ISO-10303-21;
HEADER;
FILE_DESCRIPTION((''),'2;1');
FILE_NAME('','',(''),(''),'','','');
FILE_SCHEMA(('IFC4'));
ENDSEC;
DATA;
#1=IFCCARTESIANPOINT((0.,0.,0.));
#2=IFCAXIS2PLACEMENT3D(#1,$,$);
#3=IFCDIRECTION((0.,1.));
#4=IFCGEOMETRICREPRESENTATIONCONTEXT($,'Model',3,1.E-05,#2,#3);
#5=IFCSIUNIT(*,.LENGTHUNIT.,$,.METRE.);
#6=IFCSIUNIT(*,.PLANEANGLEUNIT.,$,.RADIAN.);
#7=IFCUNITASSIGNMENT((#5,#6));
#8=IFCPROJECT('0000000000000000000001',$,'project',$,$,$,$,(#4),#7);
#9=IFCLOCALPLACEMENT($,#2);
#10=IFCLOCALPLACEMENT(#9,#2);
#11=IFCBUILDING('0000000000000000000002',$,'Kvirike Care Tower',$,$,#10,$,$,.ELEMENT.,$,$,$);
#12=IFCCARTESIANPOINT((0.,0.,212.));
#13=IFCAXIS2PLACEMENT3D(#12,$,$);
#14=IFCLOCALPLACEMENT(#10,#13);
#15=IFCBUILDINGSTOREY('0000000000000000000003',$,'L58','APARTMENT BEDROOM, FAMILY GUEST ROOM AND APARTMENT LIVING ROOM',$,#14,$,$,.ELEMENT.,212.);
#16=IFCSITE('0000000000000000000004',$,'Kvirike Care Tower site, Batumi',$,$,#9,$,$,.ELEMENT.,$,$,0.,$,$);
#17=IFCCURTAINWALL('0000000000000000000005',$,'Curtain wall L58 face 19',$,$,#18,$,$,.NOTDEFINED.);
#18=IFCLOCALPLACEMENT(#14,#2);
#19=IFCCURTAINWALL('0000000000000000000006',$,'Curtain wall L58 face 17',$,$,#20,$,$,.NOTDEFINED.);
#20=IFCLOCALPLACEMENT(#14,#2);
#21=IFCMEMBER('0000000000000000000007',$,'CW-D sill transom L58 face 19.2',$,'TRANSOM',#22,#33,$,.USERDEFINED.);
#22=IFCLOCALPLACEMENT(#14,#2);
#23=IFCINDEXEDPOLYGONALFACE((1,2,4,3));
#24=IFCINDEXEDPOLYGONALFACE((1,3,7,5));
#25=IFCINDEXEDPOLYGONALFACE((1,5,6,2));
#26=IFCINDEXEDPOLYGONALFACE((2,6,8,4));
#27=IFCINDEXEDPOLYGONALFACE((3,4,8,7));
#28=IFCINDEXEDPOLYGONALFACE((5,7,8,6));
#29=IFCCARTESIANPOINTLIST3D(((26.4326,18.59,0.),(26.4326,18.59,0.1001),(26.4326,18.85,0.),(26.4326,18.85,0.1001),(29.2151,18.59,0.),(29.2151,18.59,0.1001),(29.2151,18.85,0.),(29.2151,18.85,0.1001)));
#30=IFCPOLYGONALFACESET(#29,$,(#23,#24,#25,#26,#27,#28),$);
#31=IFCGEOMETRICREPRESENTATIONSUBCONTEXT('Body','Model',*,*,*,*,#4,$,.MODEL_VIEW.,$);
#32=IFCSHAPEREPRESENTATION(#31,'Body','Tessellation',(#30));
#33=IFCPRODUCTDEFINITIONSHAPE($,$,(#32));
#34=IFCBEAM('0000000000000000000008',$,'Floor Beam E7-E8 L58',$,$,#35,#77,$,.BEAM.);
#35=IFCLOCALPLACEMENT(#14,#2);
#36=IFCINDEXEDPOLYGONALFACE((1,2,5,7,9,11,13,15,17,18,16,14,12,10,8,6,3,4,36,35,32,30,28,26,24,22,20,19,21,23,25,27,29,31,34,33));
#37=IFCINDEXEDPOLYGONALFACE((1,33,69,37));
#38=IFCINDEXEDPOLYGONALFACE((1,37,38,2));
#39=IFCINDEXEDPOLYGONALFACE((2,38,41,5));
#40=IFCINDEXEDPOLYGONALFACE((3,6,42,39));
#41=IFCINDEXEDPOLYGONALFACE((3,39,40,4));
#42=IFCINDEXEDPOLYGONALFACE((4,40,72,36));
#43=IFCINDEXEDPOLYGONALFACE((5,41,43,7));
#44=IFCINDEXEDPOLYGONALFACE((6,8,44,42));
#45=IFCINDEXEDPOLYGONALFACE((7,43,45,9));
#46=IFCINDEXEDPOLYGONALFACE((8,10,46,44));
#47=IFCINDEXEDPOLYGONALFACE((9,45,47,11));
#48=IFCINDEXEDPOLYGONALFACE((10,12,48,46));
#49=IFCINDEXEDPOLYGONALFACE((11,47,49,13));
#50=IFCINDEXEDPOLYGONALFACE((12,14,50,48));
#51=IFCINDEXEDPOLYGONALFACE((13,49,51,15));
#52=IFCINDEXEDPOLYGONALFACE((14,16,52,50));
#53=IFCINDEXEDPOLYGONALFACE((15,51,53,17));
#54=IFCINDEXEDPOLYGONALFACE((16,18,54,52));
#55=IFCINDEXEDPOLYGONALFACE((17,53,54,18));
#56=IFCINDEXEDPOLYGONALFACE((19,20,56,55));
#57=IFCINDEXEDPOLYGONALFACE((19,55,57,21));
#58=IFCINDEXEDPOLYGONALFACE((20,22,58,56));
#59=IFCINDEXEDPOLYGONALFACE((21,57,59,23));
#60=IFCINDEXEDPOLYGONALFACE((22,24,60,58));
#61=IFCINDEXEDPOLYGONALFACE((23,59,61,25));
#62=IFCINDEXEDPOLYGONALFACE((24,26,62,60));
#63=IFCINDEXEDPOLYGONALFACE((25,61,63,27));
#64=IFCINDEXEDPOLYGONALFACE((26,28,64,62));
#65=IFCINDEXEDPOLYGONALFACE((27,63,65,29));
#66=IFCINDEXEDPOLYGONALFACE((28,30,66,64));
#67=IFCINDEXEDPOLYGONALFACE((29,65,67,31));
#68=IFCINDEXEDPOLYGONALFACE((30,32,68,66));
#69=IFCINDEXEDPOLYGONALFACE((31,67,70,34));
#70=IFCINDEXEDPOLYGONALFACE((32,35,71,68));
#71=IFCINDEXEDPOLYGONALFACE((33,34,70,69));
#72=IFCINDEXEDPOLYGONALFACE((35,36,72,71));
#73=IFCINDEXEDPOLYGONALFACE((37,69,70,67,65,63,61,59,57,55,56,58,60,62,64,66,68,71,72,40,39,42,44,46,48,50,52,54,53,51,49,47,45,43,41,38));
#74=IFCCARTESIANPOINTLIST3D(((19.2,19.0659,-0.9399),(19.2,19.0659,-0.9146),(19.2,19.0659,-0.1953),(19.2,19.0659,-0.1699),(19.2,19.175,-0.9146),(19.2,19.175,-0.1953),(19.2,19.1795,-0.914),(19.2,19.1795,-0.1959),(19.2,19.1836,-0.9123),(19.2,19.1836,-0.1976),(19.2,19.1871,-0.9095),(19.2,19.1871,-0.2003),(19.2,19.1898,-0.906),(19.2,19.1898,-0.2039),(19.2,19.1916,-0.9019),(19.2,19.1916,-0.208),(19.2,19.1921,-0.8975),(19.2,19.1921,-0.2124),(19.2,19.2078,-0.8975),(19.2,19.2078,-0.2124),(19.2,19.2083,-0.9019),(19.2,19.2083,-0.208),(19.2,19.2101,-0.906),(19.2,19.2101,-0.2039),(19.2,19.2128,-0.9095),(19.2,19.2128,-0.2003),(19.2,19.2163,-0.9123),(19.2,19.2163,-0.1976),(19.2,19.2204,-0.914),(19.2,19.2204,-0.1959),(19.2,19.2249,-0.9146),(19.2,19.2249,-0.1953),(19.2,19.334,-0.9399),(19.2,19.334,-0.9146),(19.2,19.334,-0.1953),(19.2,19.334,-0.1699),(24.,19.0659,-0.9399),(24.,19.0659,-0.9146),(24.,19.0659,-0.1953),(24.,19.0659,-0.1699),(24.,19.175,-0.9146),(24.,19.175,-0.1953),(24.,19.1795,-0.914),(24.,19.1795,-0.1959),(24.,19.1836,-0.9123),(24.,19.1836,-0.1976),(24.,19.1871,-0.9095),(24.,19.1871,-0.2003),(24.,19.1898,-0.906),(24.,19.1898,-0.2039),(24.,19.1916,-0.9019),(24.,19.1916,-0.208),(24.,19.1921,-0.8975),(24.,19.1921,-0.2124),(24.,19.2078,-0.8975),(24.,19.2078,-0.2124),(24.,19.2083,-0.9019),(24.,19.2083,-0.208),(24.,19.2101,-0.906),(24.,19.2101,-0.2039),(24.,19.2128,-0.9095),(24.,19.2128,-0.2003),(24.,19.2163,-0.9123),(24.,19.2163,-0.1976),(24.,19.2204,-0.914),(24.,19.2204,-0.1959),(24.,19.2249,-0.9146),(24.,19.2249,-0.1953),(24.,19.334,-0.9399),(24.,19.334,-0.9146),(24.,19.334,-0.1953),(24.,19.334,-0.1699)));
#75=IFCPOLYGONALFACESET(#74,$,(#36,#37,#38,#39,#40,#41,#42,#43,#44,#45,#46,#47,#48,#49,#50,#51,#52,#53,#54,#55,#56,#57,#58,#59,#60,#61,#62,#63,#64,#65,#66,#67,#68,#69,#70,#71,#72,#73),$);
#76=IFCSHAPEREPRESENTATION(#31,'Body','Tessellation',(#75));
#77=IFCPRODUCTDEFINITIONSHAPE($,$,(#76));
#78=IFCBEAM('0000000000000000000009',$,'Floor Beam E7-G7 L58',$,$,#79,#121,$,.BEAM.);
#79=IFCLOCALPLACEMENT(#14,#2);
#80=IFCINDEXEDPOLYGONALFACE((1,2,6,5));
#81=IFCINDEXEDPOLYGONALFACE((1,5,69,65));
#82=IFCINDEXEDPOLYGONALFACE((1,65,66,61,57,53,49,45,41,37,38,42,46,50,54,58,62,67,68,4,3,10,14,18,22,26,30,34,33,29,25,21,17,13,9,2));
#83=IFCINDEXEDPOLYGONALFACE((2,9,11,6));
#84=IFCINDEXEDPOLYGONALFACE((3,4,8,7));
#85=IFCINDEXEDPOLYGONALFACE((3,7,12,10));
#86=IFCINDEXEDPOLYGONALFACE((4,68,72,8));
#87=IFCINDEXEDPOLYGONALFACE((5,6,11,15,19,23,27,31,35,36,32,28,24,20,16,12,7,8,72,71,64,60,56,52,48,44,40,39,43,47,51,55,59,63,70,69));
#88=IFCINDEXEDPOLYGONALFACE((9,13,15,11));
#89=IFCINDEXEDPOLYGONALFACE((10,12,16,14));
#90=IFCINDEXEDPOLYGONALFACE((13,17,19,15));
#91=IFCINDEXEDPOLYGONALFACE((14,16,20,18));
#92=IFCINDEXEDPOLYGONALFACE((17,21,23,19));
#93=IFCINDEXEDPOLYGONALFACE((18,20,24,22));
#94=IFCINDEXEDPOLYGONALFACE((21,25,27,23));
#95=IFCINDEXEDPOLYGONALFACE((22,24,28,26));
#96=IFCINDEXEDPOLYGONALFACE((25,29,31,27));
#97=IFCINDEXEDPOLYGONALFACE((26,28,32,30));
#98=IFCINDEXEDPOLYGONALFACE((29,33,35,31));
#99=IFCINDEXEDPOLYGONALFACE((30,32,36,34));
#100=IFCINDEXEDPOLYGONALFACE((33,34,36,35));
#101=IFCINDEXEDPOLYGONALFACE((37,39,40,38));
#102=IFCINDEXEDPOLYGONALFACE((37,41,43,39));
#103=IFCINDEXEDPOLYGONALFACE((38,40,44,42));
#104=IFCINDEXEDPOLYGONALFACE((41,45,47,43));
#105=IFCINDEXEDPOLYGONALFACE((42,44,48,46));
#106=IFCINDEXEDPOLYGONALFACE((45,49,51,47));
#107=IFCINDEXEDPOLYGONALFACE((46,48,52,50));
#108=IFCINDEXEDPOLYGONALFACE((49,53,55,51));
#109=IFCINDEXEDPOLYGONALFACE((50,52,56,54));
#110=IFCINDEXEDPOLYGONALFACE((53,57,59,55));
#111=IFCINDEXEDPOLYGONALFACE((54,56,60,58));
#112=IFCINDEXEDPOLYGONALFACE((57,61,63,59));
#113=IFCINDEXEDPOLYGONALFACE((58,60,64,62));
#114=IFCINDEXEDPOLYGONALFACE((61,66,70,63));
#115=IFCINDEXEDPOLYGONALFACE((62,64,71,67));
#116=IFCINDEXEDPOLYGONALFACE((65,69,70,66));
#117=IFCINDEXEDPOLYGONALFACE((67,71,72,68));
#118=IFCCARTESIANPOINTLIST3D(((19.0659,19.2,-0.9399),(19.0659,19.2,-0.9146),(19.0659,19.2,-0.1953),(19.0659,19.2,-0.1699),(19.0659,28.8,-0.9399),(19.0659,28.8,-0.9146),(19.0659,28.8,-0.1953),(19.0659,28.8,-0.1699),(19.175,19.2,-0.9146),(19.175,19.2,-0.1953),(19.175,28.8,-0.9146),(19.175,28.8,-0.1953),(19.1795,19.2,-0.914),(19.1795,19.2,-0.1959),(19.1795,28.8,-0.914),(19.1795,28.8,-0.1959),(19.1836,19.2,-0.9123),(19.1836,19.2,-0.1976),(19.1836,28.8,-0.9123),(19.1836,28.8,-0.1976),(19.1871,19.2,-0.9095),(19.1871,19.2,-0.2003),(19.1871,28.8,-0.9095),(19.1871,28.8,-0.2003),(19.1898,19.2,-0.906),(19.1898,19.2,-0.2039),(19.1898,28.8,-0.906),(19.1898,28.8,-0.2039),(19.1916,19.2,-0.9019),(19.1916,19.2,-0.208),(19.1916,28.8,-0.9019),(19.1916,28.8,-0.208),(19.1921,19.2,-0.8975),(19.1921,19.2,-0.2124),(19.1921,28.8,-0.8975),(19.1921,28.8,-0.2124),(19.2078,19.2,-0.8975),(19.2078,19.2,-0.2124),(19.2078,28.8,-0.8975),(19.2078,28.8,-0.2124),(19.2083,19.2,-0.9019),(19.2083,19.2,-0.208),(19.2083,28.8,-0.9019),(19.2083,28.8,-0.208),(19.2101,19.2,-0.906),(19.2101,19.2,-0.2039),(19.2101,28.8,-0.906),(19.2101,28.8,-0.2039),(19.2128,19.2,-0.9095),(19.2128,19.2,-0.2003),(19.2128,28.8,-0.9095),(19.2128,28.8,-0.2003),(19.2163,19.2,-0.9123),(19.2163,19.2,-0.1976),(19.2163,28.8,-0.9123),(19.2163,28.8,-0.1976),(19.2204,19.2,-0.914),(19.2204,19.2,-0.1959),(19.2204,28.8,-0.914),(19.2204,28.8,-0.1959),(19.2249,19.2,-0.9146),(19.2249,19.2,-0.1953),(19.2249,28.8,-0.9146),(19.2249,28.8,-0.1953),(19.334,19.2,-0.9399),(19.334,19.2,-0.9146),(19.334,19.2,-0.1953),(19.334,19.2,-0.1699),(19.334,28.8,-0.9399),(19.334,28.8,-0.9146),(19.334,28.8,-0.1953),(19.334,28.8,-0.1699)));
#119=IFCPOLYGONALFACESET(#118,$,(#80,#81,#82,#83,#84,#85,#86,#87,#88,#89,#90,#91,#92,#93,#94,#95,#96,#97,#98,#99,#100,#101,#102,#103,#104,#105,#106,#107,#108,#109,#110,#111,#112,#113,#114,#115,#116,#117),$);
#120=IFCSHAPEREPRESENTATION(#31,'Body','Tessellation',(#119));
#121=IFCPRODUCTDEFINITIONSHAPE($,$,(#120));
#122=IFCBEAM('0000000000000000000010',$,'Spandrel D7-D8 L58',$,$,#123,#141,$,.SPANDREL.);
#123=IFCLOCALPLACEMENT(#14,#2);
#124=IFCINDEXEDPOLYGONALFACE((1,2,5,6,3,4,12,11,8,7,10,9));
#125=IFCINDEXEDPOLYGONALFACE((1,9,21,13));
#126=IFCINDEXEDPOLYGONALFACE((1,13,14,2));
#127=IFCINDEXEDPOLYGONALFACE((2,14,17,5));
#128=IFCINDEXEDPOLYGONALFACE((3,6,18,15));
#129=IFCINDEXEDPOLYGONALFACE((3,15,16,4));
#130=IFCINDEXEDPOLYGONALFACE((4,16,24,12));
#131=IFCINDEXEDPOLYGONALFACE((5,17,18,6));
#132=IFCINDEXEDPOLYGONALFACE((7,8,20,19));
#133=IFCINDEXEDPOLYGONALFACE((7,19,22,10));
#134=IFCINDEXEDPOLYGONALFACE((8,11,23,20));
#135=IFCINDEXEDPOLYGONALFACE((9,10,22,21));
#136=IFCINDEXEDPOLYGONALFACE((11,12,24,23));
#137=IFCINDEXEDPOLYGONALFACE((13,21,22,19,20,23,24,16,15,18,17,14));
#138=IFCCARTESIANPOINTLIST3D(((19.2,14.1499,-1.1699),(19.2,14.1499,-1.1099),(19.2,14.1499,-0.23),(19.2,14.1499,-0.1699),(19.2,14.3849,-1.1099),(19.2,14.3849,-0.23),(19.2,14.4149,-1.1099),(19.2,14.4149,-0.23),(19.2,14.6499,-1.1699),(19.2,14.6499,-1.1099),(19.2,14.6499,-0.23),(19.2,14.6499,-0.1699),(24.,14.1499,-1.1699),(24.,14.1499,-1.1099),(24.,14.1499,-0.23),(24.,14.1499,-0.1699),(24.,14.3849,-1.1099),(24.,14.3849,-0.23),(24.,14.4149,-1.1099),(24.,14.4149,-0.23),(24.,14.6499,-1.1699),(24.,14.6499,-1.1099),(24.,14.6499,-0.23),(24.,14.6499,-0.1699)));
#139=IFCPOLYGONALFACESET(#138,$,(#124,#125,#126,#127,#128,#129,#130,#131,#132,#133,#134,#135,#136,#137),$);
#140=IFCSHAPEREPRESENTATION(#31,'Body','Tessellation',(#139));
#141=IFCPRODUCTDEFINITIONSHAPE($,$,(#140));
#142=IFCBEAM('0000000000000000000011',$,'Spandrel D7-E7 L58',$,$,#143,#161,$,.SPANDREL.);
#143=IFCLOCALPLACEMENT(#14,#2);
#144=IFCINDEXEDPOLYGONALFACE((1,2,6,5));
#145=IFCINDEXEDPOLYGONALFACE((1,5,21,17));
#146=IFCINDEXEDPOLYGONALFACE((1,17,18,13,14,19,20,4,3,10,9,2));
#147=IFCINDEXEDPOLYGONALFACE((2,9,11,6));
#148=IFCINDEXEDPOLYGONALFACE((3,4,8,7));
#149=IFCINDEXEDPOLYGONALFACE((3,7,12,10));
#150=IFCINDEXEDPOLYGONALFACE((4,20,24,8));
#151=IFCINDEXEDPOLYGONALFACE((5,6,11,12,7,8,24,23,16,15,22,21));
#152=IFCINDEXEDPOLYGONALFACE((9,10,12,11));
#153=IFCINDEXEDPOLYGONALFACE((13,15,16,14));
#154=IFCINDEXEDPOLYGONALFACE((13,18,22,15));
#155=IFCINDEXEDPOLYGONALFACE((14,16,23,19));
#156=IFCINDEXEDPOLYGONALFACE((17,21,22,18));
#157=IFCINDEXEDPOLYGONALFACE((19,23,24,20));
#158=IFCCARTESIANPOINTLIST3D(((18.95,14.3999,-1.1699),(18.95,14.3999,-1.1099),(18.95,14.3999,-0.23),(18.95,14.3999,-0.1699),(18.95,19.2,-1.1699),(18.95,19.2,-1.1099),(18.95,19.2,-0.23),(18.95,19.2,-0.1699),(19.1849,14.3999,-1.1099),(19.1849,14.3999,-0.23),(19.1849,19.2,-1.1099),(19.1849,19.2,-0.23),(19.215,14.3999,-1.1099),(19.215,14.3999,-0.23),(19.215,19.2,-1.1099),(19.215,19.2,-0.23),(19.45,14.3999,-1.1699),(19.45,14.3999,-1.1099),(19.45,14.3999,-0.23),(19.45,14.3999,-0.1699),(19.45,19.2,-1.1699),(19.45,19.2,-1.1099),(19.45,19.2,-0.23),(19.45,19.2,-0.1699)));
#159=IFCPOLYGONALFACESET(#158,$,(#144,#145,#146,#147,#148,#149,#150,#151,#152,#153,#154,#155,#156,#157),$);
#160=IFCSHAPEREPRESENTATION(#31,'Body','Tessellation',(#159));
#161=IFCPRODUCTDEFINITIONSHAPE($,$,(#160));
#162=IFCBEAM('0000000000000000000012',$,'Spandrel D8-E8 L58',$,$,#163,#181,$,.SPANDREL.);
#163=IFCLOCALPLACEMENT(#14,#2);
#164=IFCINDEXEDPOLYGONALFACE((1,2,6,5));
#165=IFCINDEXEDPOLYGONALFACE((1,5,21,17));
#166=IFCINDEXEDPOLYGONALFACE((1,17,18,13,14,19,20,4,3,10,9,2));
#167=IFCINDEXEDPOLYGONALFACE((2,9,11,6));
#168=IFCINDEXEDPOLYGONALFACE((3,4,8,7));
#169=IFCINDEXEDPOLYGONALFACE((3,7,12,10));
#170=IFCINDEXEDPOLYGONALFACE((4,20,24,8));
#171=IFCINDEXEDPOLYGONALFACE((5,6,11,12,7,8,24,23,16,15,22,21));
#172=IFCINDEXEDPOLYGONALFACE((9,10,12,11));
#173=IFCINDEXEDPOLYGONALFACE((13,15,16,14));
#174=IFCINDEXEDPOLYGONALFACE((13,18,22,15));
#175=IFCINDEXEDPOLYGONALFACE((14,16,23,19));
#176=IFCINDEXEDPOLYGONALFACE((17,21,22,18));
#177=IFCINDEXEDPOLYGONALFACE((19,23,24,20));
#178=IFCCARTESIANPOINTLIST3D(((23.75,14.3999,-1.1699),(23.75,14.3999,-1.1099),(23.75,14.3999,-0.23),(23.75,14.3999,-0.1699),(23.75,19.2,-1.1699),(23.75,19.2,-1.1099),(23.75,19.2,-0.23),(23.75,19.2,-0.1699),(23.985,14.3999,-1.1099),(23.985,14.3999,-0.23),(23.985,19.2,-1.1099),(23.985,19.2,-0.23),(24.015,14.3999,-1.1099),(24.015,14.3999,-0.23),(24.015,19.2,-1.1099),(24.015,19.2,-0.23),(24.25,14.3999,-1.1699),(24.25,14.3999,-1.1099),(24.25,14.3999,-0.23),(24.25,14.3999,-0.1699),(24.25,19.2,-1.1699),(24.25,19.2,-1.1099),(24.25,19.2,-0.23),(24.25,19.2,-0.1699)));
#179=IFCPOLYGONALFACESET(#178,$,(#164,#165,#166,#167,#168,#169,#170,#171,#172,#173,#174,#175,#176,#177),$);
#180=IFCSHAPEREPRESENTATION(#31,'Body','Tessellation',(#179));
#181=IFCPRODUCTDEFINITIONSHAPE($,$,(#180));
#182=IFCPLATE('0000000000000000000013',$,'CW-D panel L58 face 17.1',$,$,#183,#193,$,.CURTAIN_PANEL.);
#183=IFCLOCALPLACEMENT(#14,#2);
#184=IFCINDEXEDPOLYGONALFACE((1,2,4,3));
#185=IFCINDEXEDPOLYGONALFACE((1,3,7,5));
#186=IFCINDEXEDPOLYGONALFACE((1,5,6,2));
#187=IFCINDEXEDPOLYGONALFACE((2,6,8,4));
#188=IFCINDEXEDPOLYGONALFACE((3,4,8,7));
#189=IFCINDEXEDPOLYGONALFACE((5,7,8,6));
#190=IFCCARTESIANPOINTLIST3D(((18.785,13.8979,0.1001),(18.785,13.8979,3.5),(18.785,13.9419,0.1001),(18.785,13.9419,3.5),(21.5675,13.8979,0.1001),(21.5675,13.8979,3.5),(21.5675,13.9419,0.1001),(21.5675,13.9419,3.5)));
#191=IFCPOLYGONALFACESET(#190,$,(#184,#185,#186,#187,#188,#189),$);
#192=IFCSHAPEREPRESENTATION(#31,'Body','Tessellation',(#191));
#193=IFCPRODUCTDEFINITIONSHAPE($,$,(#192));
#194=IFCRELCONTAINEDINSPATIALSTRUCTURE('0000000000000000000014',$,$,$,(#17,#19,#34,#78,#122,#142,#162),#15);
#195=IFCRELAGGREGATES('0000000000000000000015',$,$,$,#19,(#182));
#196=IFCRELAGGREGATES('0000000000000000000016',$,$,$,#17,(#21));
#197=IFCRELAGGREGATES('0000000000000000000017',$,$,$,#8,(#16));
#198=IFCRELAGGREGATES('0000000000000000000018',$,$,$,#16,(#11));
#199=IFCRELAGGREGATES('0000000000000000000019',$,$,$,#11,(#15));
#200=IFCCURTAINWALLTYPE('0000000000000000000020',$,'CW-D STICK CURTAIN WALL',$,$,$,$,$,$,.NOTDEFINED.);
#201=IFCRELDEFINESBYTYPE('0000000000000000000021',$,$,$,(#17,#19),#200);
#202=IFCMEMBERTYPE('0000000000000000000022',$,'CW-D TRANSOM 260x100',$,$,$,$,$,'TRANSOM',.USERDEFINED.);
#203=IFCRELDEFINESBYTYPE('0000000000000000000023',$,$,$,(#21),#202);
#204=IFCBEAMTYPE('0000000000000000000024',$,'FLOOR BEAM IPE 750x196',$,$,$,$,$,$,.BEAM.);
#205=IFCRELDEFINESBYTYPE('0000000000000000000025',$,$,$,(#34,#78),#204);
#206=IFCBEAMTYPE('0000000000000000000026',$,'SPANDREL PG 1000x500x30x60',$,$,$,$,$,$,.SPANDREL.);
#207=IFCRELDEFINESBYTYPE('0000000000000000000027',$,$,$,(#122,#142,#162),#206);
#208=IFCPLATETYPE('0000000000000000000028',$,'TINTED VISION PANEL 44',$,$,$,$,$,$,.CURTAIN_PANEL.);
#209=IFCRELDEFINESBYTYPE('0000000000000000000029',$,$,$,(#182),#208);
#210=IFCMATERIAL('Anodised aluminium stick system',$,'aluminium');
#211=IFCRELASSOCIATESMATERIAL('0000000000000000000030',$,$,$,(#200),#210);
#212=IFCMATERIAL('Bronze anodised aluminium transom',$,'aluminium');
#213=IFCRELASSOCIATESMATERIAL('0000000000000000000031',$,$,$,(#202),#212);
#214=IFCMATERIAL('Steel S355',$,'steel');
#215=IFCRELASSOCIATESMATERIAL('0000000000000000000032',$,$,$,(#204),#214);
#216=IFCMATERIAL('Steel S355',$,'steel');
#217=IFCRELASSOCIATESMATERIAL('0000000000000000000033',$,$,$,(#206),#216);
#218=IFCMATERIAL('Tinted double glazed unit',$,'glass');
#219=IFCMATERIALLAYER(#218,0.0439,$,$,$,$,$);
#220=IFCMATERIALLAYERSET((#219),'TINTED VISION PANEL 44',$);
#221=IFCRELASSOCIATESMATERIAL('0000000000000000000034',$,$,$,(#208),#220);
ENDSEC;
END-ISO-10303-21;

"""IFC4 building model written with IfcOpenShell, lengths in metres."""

from ifc_helpers import new_model, si_unit, direction, frame, origin, origin_2d, place, context, subcontext, project, spatial, rectangle, i_section, extrude, material, layer, layer_set, material_profile, profile_set, type_object, element, aggregate, save


model = new_model("IFC4")

# Units and contexts
model_context = context("Model", 3, precision=1e-05, world=origin(), true_north=direction((0.0, 1.0)))
body_context = subcontext(model_context, "Body", "Model", "MODEL_VIEW")
ifc_project = project(units=[si_unit("LENGTHUNIT", "METRE"), si_unit("PLANEANGLEUNIT", "RADIAN")], contexts=[model_context])

# Site, building, storey
site_placement = place(None, origin())
site = spatial("IfcSite", under=ifc_project, at=site_placement, Name="Kvirike Care Tower site, Batumi", CompositionType="ELEMENT", RefElevation=0.0)
building_placement = place(site_placement, origin())
building = spatial("IfcBuilding", under=site, at=building_placement, Name="Kvirike Care Tower", CompositionType="ELEMENT")
storey_placement = place(building_placement, frame((0.0, 0.0, 212.0)))
storey = spatial("IfcBuildingStorey", under=building, at=storey_placement, Name="L58", Description="APARTMENT BEDROOM, FAMILY GUEST ROOM AND APARTMENT LIVING ROOM", CompositionType="ELEMENT", Elevation=212.0)

# Curtain wall
ifc_material_1 = material(Name="Anodised aluminium stick system", Category="aluminium")
curtain_wall_type = type_object("IfcCurtainWallType", Name="CW-D STICK CURTAIN WALL", PredefinedType="NOTDEFINED", material=ifc_material_1)
curtain_wall_1_placement = place(storey_placement, origin())
curtain_wall_1 = element("IfcCurtainWall", 1, at=curtain_wall_1_placement, inside=storey, type_object=curtain_wall_type, Name="Curtain wall L58 face 19", PredefinedType="NOTDEFINED")

# Curtain wall
curtain_wall_2_placement = place(storey_placement, origin())
curtain_wall_2 = element("IfcCurtainWall", 2, at=curtain_wall_2_placement, inside=storey, type_object=curtain_wall_type, Name="Curtain wall L58 face 17", PredefinedType="NOTDEFINED")

# Member
ifc_material_2 = material(Name="Bronze anodised aluminium transom", Category="aluminium")
ifc_material_profile_1 = material_profile(ifc_material_2, rectangle(XDim=0.26, YDim=0.1001, at=origin_2d()), Name="CW-D TRANSOM 260x100")
ifc_profile_set_1 = profile_set([ifc_material_profile_1], Name="Bronze anodised aluminium transom")
member_type_1 = type_object("IfcMemberType", Name="CW-D TRANSOM 260x100", ElementType="TRANSOM", PredefinedType="USERDEFINED", material=ifc_profile_set_1)
member_1_placement = place(storey_placement, frame((26.4326, 18.72, 0.05), z_axis=(1.0, 0.0, 0.0), x_axis=(0.0, 1.0, 0.0)))
member_1 = element("IfcMember", 3, at=member_1_placement, type_object=member_type_1, Name="CW-D sill transom L58 face 19.2", ObjectType="TRANSOM", PredefinedType="USERDEFINED", context=body_context, shape_type="SweptSolid", body=[
    extrude(rectangle(XDim=0.26, YDim=0.1001, at=origin_2d()), origin(), (0.0, 0.0, 1.0), 2.7825),
])

# Beams
ifc_material_3 = material(Name="Steel S355", Category="steel")
ifc_material_profile_2 = material_profile(ifc_material_3, i_section(OverallWidth=0.2681, OverallDepth=0.77, WebThickness=0.0156, FlangeThickness=0.0254, FilletRadius=0.0171, at=origin_2d()), Name="IPE 750x196")
ifc_profile_set_2 = profile_set([ifc_material_profile_2], Name="Steel S355")
beam_type_1 = type_object("IfcBeamType", Name="FLOOR BEAM IPE 750x196", PredefinedType="BEAM", material=ifc_profile_set_2)
beam_1_placement = place(storey_placement, frame((19.2, 19.2, -0.5549), z_axis=(1.0, 0.0, 0.0), x_axis=(0.0, 1.0, 0.0)))
element("IfcBeam", 4, at=beam_1_placement, inside=storey, type_object=beam_type_1, Name="Floor Beam E7-E8 L58", PredefinedType="BEAM", context=body_context, shape_type="SweptSolid", body=[
    extrude(i_section(OverallWidth=0.2681, OverallDepth=0.77, WebThickness=0.0156, FlangeThickness=0.0254, FilletRadius=0.0171, at=origin_2d()), origin(), (0.0, 0.0, 1.0), 4.8),
])
beam_2_placement = place(storey_placement, frame((19.2, 19.2, -0.5549), z_axis=(0.0, 1.0, 0.0), x_axis=(-1.0, 0.0, 0.0)))
element("IfcBeam", 5, at=beam_2_placement, inside=storey, type_object=beam_type_1, Name="Floor Beam E7-G7 L58", PredefinedType="BEAM", context=body_context, shape_type="SweptSolid", body=[
    extrude(i_section(OverallWidth=0.2681, OverallDepth=0.77, WebThickness=0.0156, FlangeThickness=0.0254, FilletRadius=0.0171, at=origin_2d()), origin(), (0.0, 0.0, 1.0), 9.6001),
])
ifc_material_4 = material(Name="Steel S355", Category="steel")
ifc_material_profile_3 = material_profile(ifc_material_4, i_section(OverallWidth=0.5, OverallDepth=1.0, WebThickness=0.03, FlangeThickness=0.0601, at=origin_2d()), Name="PG 1000x500x30x60")
ifc_profile_set_3 = profile_set([ifc_material_profile_3], Name="Steel S355")
beam_type_2 = type_object("IfcBeamType", Name="SPANDREL PG 1000x500x30x60", PredefinedType="SPANDREL", material=ifc_profile_set_3)
for number, where, z_axis, x_axis, name in (
    (6, (19.2, 14.3999, -0.6699), (1.0, 0.0, 0.0), (0.0, 1.0, 0.0), "Spandrel D7-D8 L58"),
    (7, (19.2, 14.3999, -0.6699), (0.0, 1.0, 0.0), (-1.0, 0.0, 0.0), "Spandrel D7-E7 L58"),
    (8, (24.0, 14.3999, -0.6699), (0.0, 1.0, 0.0), (-1.0, 0.0, 0.0), "Spandrel D8-E8 L58"),
):
    element("IfcBeam", number, at=place(storey_placement, frame(where, z_axis=z_axis, x_axis=x_axis)), inside=storey, type_object=beam_type_2, Name=name, PredefinedType="SPANDREL", context=body_context, shape_type="SweptSolid", body=[
        extrude(i_section(OverallWidth=0.5, OverallDepth=1.0, WebThickness=0.03, FlangeThickness=0.0601, at=origin_2d()), origin(), (0.0, 0.0, 1.0), 4.8),
    ])

# Plate
ifc_material_5 = material(Name="Tinted double glazed unit", Category="glass")
ifc_layer = layer(ifc_material_5, 0.0439)
ifc_layer_set = layer_set([ifc_layer], Name="TINTED VISION PANEL 44")
plate_type = type_object("IfcPlateType", Name="TINTED VISION PANEL 44", PredefinedType="CURTAIN_PANEL", material=ifc_layer_set)
plate_1_placement = place(storey_placement, frame((20.1763, 13.9199, 0.1001), z_axis=(0.0, 0.0, 1.0), x_axis=(1.0, 0.0, 0.0)))
plate_1 = element("IfcPlate", 9, at=plate_1_placement, type_object=plate_type, Name="CW-D panel L58 face 17.1", PredefinedType="CURTAIN_PANEL", context=body_context, shape_type="SweptSolid", body=[
    extrude(rectangle(XDim=2.7825, YDim=0.0439, at=origin_2d()), origin(), (0.0, 0.0, 1.0), 3.3999),
])
aggregate(curtain_wall_2, [plate_1])
aggregate(curtain_wall_1, [member_1])

save(model, "model.ifc")
